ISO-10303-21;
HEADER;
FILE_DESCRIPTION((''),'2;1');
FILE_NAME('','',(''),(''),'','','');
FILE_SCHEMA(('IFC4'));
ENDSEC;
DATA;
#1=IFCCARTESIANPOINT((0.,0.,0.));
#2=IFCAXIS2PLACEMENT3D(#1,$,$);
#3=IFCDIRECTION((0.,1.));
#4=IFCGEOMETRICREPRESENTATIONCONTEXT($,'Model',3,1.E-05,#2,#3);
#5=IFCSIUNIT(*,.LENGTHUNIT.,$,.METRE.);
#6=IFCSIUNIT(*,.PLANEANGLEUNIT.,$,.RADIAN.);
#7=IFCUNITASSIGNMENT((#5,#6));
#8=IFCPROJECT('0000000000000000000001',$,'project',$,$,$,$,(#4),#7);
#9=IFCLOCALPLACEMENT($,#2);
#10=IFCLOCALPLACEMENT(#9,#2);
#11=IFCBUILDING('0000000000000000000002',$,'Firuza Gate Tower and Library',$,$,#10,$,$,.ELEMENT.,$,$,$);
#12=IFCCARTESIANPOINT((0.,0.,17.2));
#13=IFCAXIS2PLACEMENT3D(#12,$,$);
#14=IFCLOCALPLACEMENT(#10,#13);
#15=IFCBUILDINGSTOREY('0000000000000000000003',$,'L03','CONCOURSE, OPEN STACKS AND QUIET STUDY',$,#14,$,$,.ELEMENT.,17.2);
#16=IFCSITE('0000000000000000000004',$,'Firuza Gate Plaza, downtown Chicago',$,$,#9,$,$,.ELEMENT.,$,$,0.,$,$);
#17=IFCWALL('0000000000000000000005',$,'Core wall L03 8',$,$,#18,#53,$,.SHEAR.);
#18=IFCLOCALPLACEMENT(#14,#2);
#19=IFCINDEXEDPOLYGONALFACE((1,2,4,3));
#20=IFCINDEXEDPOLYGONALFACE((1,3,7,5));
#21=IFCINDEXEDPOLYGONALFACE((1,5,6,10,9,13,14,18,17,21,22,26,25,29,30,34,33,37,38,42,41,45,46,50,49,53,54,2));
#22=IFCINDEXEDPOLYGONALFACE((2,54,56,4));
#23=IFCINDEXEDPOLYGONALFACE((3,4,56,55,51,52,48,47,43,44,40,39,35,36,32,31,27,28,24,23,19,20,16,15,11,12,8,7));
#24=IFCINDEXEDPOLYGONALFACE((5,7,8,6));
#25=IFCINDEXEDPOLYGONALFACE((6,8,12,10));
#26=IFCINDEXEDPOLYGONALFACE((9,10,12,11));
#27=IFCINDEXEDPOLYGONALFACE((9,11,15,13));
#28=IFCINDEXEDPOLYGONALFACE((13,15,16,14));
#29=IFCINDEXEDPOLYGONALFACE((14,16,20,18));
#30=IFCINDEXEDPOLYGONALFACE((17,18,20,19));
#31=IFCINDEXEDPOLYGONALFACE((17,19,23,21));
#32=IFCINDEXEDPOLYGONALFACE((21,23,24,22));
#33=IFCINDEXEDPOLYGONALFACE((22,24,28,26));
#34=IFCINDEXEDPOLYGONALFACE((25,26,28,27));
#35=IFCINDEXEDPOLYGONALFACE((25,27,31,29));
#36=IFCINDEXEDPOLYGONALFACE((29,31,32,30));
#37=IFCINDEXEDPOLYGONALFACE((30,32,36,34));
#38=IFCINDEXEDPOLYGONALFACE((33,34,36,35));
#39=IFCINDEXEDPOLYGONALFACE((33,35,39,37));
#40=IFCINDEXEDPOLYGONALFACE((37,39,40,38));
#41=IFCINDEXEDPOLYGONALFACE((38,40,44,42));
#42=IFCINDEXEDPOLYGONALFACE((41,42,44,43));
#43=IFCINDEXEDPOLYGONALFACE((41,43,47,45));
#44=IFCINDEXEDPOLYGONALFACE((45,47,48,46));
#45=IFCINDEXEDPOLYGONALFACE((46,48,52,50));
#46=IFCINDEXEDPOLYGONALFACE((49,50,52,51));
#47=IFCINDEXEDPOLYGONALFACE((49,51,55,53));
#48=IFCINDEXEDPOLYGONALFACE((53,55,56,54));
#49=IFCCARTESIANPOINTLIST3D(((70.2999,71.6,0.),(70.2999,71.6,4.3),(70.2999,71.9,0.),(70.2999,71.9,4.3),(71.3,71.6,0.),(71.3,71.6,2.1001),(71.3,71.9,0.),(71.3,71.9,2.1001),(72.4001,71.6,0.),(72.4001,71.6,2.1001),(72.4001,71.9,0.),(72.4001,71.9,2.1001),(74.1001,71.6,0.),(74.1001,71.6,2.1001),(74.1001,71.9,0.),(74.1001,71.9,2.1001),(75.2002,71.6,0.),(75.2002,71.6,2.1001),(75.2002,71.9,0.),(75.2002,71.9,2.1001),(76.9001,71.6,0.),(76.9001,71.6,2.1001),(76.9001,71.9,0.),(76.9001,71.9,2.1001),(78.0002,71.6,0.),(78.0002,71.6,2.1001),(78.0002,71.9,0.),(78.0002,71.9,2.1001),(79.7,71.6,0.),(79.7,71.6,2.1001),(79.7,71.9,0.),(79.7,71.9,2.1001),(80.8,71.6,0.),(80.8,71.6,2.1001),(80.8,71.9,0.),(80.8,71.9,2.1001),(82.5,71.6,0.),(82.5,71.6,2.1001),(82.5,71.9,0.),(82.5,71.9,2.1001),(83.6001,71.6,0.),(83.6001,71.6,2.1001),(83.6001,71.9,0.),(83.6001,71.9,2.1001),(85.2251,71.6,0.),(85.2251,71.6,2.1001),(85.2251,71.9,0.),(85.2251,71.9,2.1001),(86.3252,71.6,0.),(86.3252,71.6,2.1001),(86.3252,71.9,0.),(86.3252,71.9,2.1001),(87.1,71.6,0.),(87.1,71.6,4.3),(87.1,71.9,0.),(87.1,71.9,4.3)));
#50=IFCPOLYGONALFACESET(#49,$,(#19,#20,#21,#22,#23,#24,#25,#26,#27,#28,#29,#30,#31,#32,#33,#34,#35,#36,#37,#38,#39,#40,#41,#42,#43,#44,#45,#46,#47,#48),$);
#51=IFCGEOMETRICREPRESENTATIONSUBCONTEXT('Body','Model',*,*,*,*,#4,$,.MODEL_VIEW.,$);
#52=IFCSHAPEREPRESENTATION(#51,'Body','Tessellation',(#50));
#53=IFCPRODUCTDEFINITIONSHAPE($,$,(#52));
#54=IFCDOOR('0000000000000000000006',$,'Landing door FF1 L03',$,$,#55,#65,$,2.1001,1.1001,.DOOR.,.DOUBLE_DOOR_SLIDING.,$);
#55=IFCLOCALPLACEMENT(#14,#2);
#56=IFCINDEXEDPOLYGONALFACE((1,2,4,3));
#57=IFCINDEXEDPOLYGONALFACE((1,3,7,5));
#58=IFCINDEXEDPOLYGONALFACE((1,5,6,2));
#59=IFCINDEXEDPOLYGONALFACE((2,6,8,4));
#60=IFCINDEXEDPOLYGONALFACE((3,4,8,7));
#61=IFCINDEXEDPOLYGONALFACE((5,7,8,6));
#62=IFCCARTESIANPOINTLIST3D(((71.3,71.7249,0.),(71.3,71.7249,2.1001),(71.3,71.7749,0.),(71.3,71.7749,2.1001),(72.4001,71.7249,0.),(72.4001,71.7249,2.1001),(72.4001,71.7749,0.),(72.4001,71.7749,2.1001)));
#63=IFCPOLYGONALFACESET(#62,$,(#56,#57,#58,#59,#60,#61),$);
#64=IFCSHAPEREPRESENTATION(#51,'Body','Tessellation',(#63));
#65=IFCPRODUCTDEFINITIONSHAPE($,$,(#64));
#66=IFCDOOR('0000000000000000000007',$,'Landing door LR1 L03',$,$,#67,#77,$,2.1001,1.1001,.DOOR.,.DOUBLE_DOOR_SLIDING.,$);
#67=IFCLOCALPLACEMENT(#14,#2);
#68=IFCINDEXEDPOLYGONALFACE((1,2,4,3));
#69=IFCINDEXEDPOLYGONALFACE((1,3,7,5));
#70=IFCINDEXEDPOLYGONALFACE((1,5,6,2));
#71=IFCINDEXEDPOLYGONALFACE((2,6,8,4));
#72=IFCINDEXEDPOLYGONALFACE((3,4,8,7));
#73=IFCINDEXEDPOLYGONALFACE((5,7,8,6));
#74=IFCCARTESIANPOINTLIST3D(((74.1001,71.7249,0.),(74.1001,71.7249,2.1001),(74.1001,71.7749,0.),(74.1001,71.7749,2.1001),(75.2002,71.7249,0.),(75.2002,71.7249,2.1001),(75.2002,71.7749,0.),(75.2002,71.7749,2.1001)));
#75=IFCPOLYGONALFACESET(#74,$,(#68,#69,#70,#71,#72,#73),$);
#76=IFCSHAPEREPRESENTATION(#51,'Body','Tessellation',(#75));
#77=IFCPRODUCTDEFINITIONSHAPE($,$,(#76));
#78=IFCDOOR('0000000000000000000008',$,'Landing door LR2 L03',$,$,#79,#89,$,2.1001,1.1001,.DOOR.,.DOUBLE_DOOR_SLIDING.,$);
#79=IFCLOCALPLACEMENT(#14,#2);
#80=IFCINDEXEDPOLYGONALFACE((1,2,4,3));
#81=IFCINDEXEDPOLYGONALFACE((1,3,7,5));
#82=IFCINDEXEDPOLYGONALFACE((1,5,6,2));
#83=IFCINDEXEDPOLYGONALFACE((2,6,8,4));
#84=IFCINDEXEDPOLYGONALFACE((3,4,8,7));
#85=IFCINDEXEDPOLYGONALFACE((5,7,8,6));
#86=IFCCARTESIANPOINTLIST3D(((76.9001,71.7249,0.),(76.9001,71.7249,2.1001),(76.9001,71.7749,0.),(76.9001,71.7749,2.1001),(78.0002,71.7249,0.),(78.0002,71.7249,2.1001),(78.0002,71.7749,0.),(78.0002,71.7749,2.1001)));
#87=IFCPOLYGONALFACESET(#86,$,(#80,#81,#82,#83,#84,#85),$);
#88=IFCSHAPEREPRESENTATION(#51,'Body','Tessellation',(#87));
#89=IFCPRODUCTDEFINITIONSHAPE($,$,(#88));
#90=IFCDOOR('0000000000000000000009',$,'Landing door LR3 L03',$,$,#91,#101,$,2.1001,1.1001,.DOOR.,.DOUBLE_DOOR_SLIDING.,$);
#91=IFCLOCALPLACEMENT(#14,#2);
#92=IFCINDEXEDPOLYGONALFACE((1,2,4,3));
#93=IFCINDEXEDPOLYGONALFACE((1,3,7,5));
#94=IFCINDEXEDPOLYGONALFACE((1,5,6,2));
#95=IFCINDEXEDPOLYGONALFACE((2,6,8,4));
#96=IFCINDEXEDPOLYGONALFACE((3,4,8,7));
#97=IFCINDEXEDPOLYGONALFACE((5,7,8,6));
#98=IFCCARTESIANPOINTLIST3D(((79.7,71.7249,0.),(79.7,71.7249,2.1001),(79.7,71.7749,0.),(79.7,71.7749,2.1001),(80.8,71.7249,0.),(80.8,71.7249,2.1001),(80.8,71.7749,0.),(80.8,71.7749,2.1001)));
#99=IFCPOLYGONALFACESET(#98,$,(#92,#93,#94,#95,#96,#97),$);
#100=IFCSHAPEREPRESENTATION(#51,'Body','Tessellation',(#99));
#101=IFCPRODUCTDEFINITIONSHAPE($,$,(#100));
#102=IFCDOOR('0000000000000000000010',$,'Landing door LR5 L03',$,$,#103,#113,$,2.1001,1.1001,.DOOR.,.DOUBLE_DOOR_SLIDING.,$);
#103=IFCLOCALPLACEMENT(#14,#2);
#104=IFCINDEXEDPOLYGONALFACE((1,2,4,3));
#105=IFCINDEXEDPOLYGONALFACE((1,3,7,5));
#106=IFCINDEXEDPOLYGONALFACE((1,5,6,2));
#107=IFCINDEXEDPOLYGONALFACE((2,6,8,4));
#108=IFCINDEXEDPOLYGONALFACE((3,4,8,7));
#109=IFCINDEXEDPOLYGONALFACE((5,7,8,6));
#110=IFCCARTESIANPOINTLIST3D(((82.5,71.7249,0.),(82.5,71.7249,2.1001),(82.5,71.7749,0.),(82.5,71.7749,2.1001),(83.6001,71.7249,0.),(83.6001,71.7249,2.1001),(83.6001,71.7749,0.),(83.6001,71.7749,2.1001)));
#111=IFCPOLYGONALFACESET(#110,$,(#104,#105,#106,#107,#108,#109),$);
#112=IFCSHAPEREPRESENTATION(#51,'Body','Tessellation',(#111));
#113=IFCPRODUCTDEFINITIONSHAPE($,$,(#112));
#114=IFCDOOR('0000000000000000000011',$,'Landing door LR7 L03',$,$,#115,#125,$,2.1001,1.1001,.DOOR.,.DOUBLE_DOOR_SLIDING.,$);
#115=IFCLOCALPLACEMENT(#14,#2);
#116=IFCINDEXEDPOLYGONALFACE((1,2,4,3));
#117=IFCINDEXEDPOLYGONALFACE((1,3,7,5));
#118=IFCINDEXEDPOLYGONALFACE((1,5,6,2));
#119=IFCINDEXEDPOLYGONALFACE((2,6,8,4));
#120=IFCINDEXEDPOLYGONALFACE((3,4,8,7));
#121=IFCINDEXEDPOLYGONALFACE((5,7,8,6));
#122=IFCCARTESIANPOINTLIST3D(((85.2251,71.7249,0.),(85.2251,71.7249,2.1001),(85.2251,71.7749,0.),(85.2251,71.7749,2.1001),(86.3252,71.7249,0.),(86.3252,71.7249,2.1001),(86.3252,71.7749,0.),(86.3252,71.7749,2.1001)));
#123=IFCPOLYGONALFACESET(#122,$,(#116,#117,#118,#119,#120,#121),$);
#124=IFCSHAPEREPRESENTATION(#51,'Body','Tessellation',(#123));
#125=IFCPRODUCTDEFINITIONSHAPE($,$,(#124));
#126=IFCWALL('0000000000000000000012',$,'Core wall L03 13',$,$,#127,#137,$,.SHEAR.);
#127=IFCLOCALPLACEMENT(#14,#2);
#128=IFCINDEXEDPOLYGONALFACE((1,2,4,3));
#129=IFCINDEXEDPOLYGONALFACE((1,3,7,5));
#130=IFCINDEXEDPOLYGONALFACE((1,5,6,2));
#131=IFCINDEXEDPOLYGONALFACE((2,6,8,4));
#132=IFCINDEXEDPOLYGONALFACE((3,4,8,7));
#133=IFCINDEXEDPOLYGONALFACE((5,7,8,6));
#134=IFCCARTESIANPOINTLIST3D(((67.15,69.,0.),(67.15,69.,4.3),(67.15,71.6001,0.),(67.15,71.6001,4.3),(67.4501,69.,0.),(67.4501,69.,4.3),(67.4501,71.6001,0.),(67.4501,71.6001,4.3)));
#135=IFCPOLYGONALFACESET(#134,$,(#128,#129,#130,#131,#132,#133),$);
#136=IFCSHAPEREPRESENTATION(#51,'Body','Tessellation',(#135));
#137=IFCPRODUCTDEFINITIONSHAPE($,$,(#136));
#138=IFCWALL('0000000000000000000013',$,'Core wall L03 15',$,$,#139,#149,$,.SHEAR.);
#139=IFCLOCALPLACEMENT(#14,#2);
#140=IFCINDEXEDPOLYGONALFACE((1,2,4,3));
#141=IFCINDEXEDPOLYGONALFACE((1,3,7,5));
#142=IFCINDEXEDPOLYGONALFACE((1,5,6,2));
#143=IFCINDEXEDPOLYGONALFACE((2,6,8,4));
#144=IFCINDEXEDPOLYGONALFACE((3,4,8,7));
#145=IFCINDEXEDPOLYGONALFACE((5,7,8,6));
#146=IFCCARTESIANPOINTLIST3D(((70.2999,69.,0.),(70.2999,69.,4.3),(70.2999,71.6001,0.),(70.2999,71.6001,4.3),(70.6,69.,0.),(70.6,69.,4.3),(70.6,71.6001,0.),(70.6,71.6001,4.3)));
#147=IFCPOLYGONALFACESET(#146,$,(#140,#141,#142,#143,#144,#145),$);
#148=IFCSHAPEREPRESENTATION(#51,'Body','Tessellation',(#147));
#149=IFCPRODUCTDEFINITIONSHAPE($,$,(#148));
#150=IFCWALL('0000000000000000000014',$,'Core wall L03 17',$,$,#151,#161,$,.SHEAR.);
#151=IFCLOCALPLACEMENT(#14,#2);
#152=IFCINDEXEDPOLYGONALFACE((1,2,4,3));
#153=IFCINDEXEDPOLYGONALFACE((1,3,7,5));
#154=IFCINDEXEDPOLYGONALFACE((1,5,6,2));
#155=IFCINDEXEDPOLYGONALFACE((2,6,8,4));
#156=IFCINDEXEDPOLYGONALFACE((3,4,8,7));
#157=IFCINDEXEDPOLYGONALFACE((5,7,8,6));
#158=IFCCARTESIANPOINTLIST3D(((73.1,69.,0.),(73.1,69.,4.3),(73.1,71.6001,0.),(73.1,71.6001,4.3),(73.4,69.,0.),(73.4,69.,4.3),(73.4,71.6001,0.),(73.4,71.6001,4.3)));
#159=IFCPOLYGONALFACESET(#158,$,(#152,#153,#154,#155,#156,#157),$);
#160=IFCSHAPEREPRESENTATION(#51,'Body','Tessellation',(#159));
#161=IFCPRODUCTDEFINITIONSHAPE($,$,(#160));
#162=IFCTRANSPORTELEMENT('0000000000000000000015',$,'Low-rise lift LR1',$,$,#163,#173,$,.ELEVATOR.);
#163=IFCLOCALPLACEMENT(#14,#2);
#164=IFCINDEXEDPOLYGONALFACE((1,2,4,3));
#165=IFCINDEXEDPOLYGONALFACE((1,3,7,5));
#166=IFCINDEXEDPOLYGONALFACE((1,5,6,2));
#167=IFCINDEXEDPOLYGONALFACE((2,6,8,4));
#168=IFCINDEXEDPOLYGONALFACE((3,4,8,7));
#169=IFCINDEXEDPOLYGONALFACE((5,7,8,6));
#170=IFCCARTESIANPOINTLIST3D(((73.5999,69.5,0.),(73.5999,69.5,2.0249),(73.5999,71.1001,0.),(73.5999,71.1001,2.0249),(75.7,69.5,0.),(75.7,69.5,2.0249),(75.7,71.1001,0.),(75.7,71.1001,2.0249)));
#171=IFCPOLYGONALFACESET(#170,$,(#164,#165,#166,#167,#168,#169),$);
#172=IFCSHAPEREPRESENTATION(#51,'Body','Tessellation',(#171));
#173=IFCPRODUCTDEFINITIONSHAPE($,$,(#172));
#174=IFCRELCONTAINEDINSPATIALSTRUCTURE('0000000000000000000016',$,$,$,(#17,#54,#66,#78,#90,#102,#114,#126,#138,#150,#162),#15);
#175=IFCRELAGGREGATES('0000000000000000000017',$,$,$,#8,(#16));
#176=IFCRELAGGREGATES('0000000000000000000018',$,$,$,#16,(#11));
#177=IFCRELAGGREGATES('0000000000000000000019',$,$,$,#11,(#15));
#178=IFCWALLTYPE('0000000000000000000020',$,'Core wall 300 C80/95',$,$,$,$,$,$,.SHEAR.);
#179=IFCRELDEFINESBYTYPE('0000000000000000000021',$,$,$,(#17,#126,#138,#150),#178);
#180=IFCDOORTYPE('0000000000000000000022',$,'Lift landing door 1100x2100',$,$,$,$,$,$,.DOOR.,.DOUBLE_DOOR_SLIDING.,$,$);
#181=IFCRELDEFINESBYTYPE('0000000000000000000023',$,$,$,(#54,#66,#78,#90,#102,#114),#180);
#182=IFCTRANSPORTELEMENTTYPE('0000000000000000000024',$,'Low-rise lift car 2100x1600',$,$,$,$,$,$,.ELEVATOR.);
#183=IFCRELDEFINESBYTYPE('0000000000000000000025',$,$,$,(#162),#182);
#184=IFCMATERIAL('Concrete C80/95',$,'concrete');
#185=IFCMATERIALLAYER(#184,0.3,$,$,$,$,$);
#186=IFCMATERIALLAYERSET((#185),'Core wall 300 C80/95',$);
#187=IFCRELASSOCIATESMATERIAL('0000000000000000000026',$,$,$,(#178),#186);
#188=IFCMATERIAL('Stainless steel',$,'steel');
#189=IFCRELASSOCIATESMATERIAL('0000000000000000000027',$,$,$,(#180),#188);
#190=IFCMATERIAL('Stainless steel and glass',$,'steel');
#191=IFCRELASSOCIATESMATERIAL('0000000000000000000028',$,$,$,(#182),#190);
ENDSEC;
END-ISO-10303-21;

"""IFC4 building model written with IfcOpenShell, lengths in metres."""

from ifc_helpers import new_model, si_unit, direction, frame, frame_2d, origin, origin_2d, place, context, subcontext, project, spatial, rectangle, extrude, material, layer, layer_set, type_object, element, fill, save


model = new_model("IFC4")

# Units and contexts
model_context = context("Model", 3, precision=1e-05, world=origin(), true_north=direction((0.0, 1.0)))
body_context = subcontext(model_context, "Body", "Model", "MODEL_VIEW")
ifc_project = project(units=[si_unit("LENGTHUNIT", "METRE"), si_unit("PLANEANGLEUNIT", "RADIAN")], contexts=[model_context])

# Site, building, storey
site_placement = place(None, origin())
site = spatial("IfcSite", under=ifc_project, at=site_placement, Name="Firuza Gate Plaza, downtown Chicago", CompositionType="ELEMENT", RefElevation=0.0)
building_placement = place(site_placement, origin())
building = spatial("IfcBuilding", under=site, at=building_placement, Name="Firuza Gate Tower and Library", CompositionType="ELEMENT")
storey_placement = place(building_placement, frame((0.0, 0.0, 17.2)))
storey = spatial("IfcBuildingStorey", under=building, at=storey_placement, Name="L03", Description="CONCOURSE, OPEN STACKS AND QUIET STUDY", CompositionType="ELEMENT", Elevation=17.2)

# Shared definitions
ifc_material_1 = material(Name="Concrete C80/95", Category="concrete")
ifc_layer_1 = layer(ifc_material_1, 0.3)
ifc_layer_set_1 = layer_set([ifc_layer_1], Name="Core wall 300 C80/95")
wall_type_1 = type_object("IfcWallType", Name="Core wall 300 C80/95", PredefinedType="SHEAR", material=ifc_layer_set_1)

# Wall, openings, doors
wall_1_placement = place(storey_placement, frame((70.3, 71.75, 0.0), z_axis=(0.0, 0.0, 1.0), x_axis=(1.0, 0.0, 0.0)))
wall_1 = element("IfcWall", 1, at=wall_1_placement, inside=storey, type_object=wall_type_1, Name="Core wall L03 8", PredefinedType="SHEAR", context=body_context, shape_type="SweptSolid", body=[
    extrude(rectangle(XDim=16.8, YDim=0.3, at=frame_2d((8.3999, 0.0))), origin(), (0.0, 0.0, 1.0), 4.3),
])
opening_1_placement = place(wall_1_placement, frame((1.0, 0.0, 0.0)))
opening_1 = element("IfcOpeningElement", 2, at=opening_1_placement, cuts=wall_1, PredefinedType="OPENING", context=body_context, shape_type="SweptSolid", body=[
    extrude(rectangle(XDim=1.1001, YDim=2.1001, at=frame_2d((0.55, 1.05))), frame((0.0, 0.1602, 0.0), z_axis=(0.0, -1.0, 0.0), x_axis=(1.0, 0.0, 0.0)), (0.0, 0.0, 1.0), 0.3201),
])
opening_2_placement = place(wall_1_placement, frame((3.8, 0.0, 0.0)))
opening_2 = element("IfcOpeningElement", 3, at=opening_2_placement, cuts=wall_1, PredefinedType="OPENING", context=body_context, shape_type="SweptSolid", body=[
    extrude(rectangle(XDim=1.1001, YDim=2.1001, at=frame_2d((0.55, 1.05))), frame((0.0, 0.1602, 0.0), z_axis=(0.0, -1.0, 0.0), x_axis=(1.0, 0.0, 0.0)), (0.0, 0.0, 1.0), 0.3201),
])
opening_3_placement = place(wall_1_placement, frame((6.6001, 0.0, 0.0)))
opening_3 = element("IfcOpeningElement", 4, at=opening_3_placement, cuts=wall_1, PredefinedType="OPENING", context=body_context, shape_type="SweptSolid", body=[
    extrude(rectangle(XDim=1.1001, YDim=2.1001, at=frame_2d((0.55, 1.05))), frame((0.0, 0.1602, 0.0), z_axis=(0.0, -1.0, 0.0), x_axis=(1.0, 0.0, 0.0)), (0.0, 0.0, 1.0), 0.3201),
])
opening_4_placement = place(wall_1_placement, frame((9.3999, 0.0, 0.0)))
opening_4 = element("IfcOpeningElement", 5, at=opening_4_placement, cuts=wall_1, PredefinedType="OPENING", context=body_context, shape_type="SweptSolid", body=[
    extrude(rectangle(XDim=1.1001, YDim=2.1001, at=frame_2d((0.55, 1.05))), frame((0.0, 0.1602, 0.0), z_axis=(0.0, -1.0, 0.0), x_axis=(1.0, 0.0, 0.0)), (0.0, 0.0, 1.0), 0.3201),
])
opening_5_placement = place(wall_1_placement, frame((12.2, 0.0, 0.0)))
opening_5 = element("IfcOpeningElement", 6, at=opening_5_placement, cuts=wall_1, PredefinedType="OPENING", context=body_context, shape_type="SweptSolid", body=[
    extrude(rectangle(XDim=1.1001, YDim=2.1001, at=frame_2d((0.55, 1.05))), frame((0.0, 0.1602, 0.0), z_axis=(0.0, -1.0, 0.0), x_axis=(1.0, 0.0, 0.0)), (0.0, 0.0, 1.0), 0.3201),
])
opening_6_placement = place(wall_1_placement, frame((14.925, 0.0, 0.0)))
opening_6 = element("IfcOpeningElement", 7, at=opening_6_placement, cuts=wall_1, PredefinedType="OPENING", context=body_context, shape_type="SweptSolid", body=[
    extrude(rectangle(XDim=1.1001, YDim=2.1001, at=frame_2d((0.55, 1.05))), frame((0.0, 0.1602, 0.0), z_axis=(0.0, -1.0, 0.0), x_axis=(1.0, 0.0, 0.0)), (0.0, 0.0, 1.0), 0.3201),
])
ifc_material_2 = material(Name="Stainless steel", Category="steel")
door_type_1 = type_object("IfcDoorType", Name="Lift landing door 1100x2100", OperationType="DOUBLE_DOOR_SLIDING", PredefinedType="DOOR", material=ifc_material_2)
door_1_placement = place(opening_1_placement, origin())
door_1 = element("IfcDoor", 8, at=door_1_placement, inside=storey, type_object=door_type_1, Name="Landing door FF1 L03", OperationType="DOUBLE_DOOR_SLIDING", OverallHeight=2.1001, OverallWidth=1.1001, PredefinedType="DOOR", context=body_context, shape_type="SweptSolid", body=[
    extrude(rectangle(XDim=1.1001, YDim=2.1001, at=frame_2d((0.55, 1.05))), frame((0.0, 0.0249, 0.0), z_axis=(0.0, -1.0, 0.0), x_axis=(1.0, 0.0, 0.0)), (0.0, 0.0, 1.0), 0.05),
])
fill(opening_1, door_1)
door_2_placement = place(opening_2_placement, origin())
door_2 = element("IfcDoor", 9, at=door_2_placement, inside=storey, type_object=door_type_1, Name="Landing door LR1 L03", OperationType="DOUBLE_DOOR_SLIDING", OverallHeight=2.1001, OverallWidth=1.1001, PredefinedType="DOOR", context=body_context, shape_type="SweptSolid", body=[
    extrude(rectangle(XDim=1.1001, YDim=2.1001, at=frame_2d((0.55, 1.05))), frame((0.0, 0.0249, 0.0), z_axis=(0.0, -1.0, 0.0), x_axis=(1.0, 0.0, 0.0)), (0.0, 0.0, 1.0), 0.05),
])
fill(opening_2, door_2)
door_3_placement = place(opening_3_placement, origin())
door_3 = element("IfcDoor", 10, at=door_3_placement, inside=storey, type_object=door_type_1, Name="Landing door LR2 L03", OperationType="DOUBLE_DOOR_SLIDING", OverallHeight=2.1001, OverallWidth=1.1001, PredefinedType="DOOR", context=body_context, shape_type="SweptSolid", body=[
    extrude(rectangle(XDim=1.1001, YDim=2.1001, at=frame_2d((0.55, 1.05))), frame((0.0, 0.0249, 0.0), z_axis=(0.0, -1.0, 0.0), x_axis=(1.0, 0.0, 0.0)), (0.0, 0.0, 1.0), 0.05),
])
fill(opening_3, door_3)
door_4_placement = place(opening_4_placement, origin())
door_4 = element("IfcDoor", 11, at=door_4_placement, inside=storey, type_object=door_type_1, Name="Landing door LR3 L03", OperationType="DOUBLE_DOOR_SLIDING", OverallHeight=2.1001, OverallWidth=1.1001, PredefinedType="DOOR", context=body_context, shape_type="SweptSolid", body=[
    extrude(rectangle(XDim=1.1001, YDim=2.1001, at=frame_2d((0.55, 1.05))), frame((0.0, 0.0249, 0.0), z_axis=(0.0, -1.0, 0.0), x_axis=(1.0, 0.0, 0.0)), (0.0, 0.0, 1.0), 0.05),
])
fill(opening_4, door_4)
door_5_placement = place(opening_5_placement, origin())
door_5 = element("IfcDoor", 12, at=door_5_placement, inside=storey, type_object=door_type_1, Name="Landing door LR5 L03", OperationType="DOUBLE_DOOR_SLIDING", OverallHeight=2.1001, OverallWidth=1.1001, PredefinedType="DOOR", context=body_context, shape_type="SweptSolid", body=[
    extrude(rectangle(XDim=1.1001, YDim=2.1001, at=frame_2d((0.55, 1.05))), frame((0.0, 0.0249, 0.0), z_axis=(0.0, -1.0, 0.0), x_axis=(1.0, 0.0, 0.0)), (0.0, 0.0, 1.0), 0.05),
])
fill(opening_5, door_5)
door_6_placement = place(opening_6_placement, origin())
door_6 = element("IfcDoor", 13, at=door_6_placement, inside=storey, type_object=door_type_1, Name="Landing door LR7 L03", OperationType="DOUBLE_DOOR_SLIDING", OverallHeight=2.1001, OverallWidth=1.1001, PredefinedType="DOOR", context=body_context, shape_type="SweptSolid", body=[
    extrude(rectangle(XDim=1.1001, YDim=2.1001, at=frame_2d((0.55, 1.05))), frame((0.0, 0.0249, 0.0), z_axis=(0.0, -1.0, 0.0), x_axis=(1.0, 0.0, 0.0)), (0.0, 0.0, 1.0), 0.05),
])
fill(opening_6, door_6)

# Walls
for number, where, z_axis, x_axis, name in (
    (14, (67.3, 69.0, 0.0), (0.0, 0.0, 1.0), (0.0, 1.0, 0.0), "Core wall L03 13"),
    (15, (70.45, 69.0, 0.0), (0.0, 0.0, 1.0), (0.0, 1.0, 0.0), "Core wall L03 15"),
    (16, (73.25, 69.0, 0.0), (0.0, 0.0, 1.0), (0.0, 1.0, 0.0), "Core wall L03 17"),
):
    element("IfcWall", number, at=place(storey_placement, frame(where, z_axis=z_axis, x_axis=x_axis)), inside=storey, type_object=wall_type_1, Name=name, PredefinedType="SHEAR", context=body_context, shape_type="SweptSolid", body=[
        extrude(rectangle(XDim=2.6001, YDim=0.3, at=frame_2d((1.3, 0.0))), origin(), (0.0, 0.0, 1.0), 4.3),
    ])

# Transport element
ifc_material_3 = material(Name="Stainless steel and glass", Category="steel")
transport_element_type = type_object("IfcTransportElementType", Name="Low-rise lift car 2100x1600", PredefinedType="ELEVATOR", material=ifc_material_3)
transport_element_placement = place(storey_placement, frame((74.6499, 70.3, 0.0), z_axis=(0.0, 0.0, 1.0), x_axis=(1.0, 0.0, 0.0)))
element("IfcTransportElement", 17, at=transport_element_placement, inside=storey, type_object=transport_element_type, Name="Low-rise lift LR1", PredefinedType="ELEVATOR", context=body_context, shape_type="SweptSolid", body=[
    extrude(rectangle(XDim=2.1001, YDim=1.6001, at=origin_2d()), origin(), (0.0, 0.0, 1.0), 2.0249),
])

save(model, "model.ifc")
